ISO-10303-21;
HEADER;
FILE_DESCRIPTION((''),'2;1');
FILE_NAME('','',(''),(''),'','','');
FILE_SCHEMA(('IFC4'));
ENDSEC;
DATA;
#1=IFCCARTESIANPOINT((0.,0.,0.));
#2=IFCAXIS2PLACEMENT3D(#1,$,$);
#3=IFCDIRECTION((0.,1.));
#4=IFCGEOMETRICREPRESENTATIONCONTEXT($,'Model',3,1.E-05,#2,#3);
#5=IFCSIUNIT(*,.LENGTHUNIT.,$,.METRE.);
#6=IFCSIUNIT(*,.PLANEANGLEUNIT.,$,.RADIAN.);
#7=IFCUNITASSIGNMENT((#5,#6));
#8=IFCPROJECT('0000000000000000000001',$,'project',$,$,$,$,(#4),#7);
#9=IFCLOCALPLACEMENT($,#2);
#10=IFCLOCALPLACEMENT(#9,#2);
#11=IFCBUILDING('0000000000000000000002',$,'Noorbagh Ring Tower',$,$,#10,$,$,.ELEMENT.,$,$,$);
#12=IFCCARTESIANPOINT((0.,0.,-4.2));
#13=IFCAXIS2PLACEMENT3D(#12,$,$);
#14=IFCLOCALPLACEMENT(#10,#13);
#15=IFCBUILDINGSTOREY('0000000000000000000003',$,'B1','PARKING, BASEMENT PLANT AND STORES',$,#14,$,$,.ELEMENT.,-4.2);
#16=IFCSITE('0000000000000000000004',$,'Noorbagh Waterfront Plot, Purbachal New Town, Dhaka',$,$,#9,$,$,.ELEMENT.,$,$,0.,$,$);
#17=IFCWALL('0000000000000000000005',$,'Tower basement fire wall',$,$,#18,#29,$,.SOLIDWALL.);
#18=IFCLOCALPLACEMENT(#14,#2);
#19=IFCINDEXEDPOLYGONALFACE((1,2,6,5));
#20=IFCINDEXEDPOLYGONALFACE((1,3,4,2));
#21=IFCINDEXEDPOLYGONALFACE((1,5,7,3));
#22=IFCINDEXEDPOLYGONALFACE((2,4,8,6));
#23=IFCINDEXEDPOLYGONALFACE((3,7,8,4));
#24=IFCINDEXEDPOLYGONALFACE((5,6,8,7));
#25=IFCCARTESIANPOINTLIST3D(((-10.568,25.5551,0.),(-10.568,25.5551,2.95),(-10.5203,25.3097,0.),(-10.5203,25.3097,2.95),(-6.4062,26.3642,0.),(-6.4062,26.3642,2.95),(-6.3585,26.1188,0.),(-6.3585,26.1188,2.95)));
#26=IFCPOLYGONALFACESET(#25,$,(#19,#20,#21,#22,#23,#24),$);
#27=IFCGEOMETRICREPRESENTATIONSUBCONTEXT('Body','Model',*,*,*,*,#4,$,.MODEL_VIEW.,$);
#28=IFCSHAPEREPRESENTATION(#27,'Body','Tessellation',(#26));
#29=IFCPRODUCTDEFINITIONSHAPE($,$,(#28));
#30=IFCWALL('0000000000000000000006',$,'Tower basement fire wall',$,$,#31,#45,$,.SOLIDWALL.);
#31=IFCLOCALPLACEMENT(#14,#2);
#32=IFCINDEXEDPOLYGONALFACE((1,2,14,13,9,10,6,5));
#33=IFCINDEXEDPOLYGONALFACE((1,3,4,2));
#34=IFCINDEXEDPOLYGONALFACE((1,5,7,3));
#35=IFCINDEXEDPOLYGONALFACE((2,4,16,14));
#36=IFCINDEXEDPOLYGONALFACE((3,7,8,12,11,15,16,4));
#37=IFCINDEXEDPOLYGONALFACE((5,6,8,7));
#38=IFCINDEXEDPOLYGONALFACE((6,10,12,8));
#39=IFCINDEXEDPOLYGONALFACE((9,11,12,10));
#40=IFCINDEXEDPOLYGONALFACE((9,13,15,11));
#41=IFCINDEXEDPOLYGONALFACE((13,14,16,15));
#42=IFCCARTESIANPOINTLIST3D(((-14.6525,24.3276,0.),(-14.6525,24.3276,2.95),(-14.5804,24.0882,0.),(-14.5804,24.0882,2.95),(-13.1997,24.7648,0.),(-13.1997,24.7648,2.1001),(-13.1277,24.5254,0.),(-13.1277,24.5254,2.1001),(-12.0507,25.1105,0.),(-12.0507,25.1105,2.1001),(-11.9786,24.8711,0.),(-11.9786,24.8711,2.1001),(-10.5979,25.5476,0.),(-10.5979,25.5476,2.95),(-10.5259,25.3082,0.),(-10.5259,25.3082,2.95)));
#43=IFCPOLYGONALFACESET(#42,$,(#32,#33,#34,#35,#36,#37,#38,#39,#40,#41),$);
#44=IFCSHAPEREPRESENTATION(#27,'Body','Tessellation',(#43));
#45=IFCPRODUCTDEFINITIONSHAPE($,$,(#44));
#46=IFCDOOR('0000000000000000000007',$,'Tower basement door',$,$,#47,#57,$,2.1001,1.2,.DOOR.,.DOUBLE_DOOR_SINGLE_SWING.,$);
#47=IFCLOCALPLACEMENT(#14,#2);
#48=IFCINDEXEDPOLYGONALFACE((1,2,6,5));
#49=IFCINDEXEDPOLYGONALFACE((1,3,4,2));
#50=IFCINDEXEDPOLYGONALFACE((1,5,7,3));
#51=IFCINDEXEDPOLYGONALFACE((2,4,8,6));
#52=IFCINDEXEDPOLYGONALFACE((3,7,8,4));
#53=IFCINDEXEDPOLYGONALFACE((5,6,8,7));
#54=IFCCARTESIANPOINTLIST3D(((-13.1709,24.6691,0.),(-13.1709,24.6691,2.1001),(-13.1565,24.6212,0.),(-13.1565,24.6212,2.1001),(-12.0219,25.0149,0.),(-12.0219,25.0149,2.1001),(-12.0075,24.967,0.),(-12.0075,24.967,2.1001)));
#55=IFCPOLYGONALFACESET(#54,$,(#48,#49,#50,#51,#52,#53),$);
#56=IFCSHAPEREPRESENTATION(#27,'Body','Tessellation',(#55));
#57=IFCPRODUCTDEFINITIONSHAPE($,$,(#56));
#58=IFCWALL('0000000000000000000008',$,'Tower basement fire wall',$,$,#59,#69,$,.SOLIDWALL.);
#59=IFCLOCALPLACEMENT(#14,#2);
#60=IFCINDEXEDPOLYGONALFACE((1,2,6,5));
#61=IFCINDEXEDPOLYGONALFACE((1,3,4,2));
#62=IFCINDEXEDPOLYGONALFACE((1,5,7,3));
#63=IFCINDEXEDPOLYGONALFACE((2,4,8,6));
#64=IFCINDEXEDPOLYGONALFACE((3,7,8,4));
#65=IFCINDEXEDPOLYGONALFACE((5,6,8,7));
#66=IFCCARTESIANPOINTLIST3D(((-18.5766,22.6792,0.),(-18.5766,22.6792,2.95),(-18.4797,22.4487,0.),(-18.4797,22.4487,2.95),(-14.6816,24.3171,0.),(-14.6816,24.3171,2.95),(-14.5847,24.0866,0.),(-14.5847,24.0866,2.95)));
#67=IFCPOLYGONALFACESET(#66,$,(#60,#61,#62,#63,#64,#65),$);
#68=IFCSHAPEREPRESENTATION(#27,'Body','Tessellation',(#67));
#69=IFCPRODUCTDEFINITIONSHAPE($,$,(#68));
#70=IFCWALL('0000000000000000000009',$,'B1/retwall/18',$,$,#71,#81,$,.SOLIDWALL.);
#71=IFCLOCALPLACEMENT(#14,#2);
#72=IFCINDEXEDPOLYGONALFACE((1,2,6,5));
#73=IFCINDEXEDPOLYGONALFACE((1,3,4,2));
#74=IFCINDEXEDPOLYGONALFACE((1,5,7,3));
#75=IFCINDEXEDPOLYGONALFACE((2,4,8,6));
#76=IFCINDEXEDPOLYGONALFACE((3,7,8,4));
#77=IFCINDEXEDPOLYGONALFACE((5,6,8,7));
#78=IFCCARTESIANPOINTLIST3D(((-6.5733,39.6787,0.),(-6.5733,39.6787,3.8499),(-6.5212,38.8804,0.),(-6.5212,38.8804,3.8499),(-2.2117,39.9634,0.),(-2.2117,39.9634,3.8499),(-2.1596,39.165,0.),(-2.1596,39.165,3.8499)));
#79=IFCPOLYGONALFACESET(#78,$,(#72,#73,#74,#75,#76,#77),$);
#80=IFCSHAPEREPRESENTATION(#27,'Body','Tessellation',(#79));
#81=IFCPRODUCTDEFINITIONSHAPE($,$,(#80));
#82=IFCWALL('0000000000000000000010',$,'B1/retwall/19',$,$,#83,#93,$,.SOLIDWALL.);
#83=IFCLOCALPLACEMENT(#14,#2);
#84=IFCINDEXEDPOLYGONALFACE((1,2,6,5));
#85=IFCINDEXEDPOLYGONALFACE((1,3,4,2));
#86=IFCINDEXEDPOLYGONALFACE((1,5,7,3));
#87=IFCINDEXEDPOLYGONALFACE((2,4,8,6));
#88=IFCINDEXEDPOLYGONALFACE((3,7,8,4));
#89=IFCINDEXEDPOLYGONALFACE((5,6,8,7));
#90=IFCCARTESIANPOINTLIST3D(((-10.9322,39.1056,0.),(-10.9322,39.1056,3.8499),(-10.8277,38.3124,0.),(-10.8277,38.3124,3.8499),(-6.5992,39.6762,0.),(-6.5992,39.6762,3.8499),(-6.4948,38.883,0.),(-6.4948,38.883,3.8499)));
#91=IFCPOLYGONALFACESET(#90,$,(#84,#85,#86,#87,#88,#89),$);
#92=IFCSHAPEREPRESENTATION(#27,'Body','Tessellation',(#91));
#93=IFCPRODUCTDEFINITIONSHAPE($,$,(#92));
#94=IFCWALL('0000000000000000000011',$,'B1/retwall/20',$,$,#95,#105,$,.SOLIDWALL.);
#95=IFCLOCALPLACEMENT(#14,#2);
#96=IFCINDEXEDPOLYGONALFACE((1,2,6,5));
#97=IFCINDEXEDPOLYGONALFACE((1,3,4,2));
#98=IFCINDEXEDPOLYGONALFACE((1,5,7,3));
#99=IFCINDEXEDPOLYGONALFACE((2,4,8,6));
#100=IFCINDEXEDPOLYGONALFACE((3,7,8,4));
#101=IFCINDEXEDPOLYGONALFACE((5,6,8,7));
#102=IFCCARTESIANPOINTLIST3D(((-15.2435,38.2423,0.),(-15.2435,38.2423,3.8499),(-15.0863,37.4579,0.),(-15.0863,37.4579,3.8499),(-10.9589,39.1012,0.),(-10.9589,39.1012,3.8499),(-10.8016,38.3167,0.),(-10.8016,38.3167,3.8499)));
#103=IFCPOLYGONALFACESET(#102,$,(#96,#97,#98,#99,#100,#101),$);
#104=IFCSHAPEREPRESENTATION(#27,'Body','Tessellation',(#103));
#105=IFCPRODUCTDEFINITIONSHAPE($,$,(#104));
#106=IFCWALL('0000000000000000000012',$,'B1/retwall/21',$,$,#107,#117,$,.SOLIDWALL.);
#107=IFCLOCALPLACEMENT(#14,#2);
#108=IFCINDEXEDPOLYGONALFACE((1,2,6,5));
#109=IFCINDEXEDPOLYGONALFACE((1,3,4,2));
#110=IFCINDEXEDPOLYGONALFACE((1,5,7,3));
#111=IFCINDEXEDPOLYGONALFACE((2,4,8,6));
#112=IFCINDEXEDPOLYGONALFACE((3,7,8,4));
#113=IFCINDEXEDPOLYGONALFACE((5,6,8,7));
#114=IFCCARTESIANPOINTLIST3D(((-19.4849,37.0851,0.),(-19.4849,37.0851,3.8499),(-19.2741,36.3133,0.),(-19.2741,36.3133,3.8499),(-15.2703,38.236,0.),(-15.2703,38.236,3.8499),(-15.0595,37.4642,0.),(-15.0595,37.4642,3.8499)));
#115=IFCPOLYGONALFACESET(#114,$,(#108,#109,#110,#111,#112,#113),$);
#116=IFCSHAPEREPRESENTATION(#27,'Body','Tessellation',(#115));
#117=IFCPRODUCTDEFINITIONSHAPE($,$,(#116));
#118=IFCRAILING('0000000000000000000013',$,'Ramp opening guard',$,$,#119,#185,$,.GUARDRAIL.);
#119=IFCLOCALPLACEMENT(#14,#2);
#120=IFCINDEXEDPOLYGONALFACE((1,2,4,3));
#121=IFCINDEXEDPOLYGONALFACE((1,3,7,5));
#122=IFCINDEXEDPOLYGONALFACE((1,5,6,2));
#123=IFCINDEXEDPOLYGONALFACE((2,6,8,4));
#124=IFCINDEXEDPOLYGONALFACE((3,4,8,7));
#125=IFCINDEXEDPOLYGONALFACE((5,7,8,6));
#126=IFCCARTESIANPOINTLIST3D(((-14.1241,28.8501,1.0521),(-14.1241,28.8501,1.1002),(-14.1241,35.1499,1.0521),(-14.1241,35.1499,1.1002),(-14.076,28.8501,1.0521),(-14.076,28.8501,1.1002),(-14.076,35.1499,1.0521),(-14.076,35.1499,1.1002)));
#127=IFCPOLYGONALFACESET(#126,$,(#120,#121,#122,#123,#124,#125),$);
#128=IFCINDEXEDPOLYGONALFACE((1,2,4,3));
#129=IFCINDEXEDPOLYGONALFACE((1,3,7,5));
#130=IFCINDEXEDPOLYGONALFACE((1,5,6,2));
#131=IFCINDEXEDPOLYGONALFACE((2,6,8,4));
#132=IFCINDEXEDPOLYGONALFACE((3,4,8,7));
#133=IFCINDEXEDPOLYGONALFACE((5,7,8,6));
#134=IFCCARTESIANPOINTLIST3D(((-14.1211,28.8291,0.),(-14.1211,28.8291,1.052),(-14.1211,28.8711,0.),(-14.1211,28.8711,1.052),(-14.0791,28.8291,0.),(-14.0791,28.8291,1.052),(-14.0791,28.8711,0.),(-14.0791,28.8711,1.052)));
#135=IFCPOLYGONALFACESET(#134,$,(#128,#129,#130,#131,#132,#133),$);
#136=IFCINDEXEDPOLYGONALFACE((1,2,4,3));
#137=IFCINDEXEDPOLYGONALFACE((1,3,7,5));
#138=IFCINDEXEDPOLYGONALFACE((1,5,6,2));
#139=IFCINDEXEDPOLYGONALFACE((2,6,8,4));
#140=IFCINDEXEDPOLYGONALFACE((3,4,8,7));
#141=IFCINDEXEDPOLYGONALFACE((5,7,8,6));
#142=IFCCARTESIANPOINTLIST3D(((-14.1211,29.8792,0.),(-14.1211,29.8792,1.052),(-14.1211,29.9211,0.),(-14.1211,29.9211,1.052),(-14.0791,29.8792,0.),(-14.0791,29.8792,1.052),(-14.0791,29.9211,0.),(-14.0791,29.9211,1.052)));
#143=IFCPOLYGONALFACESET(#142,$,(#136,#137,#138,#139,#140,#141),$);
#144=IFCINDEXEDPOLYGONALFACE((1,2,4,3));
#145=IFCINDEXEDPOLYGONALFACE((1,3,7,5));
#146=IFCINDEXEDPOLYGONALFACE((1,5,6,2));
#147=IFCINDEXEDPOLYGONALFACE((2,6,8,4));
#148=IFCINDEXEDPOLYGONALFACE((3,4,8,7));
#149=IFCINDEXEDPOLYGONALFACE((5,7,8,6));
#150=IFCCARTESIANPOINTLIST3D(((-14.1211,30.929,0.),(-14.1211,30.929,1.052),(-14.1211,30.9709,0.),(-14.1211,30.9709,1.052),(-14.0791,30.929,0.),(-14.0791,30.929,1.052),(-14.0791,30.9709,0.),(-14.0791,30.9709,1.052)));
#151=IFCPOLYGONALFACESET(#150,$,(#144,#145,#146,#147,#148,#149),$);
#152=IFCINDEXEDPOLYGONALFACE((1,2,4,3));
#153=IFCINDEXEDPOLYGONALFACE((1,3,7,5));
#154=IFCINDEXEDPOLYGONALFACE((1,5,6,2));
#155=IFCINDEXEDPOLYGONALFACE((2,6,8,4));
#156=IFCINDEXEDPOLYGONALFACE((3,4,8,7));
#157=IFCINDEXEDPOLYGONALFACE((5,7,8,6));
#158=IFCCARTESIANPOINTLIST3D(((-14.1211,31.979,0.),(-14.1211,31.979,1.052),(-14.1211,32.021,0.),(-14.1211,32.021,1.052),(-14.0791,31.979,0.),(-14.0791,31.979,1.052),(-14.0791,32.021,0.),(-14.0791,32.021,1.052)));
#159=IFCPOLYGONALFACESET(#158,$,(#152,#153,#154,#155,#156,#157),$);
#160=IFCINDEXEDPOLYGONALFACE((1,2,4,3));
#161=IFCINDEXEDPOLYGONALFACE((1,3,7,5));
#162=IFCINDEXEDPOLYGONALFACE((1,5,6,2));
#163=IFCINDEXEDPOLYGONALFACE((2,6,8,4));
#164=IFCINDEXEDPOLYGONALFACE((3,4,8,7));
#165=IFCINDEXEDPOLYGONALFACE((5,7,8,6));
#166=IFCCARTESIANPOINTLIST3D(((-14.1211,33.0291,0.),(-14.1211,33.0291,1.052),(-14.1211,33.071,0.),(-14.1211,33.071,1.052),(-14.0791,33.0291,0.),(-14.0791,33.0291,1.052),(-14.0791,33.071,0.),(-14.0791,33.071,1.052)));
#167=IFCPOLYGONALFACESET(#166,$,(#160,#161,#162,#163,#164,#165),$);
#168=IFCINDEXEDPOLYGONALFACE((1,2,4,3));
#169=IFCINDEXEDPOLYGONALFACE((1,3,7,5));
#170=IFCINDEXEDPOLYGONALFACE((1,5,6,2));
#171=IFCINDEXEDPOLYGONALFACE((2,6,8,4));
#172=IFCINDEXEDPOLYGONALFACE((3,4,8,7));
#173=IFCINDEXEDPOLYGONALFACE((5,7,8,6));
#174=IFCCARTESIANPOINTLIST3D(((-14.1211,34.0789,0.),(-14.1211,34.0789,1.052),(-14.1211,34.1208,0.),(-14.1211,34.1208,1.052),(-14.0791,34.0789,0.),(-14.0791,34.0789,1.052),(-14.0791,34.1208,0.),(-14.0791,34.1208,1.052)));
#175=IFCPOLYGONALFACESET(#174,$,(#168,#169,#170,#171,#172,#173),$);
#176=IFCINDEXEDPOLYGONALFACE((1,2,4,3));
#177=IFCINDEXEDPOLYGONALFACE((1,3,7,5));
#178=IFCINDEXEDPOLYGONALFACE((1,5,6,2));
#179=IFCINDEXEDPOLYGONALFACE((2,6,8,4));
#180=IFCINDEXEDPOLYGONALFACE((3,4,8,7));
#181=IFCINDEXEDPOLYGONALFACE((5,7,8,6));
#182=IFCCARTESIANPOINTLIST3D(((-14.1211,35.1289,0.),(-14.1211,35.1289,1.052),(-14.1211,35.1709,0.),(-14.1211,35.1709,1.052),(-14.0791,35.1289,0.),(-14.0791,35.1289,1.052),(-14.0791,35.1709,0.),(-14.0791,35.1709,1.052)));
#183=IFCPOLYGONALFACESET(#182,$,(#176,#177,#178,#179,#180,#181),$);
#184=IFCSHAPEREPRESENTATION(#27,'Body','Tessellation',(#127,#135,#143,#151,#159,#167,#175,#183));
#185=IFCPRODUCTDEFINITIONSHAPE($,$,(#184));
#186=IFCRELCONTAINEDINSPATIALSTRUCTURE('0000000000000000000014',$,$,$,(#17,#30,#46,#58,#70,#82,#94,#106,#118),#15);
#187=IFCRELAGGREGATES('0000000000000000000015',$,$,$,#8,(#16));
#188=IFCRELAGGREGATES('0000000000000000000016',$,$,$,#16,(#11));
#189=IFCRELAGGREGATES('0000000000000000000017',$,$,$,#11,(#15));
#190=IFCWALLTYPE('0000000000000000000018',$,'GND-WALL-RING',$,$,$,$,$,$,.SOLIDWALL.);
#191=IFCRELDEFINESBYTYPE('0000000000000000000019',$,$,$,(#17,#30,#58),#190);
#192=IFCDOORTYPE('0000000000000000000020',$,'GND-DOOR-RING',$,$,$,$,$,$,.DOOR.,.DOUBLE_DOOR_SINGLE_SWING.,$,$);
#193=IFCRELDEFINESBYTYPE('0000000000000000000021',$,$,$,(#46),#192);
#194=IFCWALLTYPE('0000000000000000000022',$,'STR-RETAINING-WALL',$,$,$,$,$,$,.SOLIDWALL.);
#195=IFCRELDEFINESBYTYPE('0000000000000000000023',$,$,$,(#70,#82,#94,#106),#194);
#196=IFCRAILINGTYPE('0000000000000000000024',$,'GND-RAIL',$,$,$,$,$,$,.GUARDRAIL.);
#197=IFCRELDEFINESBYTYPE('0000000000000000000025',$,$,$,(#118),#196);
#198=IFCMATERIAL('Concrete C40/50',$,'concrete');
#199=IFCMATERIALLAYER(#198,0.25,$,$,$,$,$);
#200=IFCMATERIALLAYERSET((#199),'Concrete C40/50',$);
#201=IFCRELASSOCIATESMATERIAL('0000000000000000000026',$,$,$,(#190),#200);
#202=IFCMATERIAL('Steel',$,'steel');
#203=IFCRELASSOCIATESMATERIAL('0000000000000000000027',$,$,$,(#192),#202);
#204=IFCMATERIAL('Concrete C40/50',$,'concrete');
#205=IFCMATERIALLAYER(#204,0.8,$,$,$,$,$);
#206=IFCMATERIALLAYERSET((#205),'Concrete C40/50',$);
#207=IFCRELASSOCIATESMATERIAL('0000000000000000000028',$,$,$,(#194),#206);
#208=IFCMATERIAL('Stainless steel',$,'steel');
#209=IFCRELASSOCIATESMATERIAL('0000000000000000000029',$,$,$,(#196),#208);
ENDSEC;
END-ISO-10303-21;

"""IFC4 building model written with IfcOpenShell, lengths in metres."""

from ifc_helpers import new_model, si_unit, direction, frame, frame_2d, origin, origin_2d, place, context, subcontext, project, spatial, rectangle, extrude, material, layer, layer_set, type_object, element, fill, save


model = new_model("IFC4")

# Units and contexts
model_context = context("Model", 3, precision=1e-05, world=origin(), true_north=direction((0.0, 1.0)))
body_context = subcontext(model_context, "Body", "Model", "MODEL_VIEW")
ifc_project = project(units=[si_unit("LENGTHUNIT", "METRE"), si_unit("PLANEANGLEUNIT", "RADIAN")], contexts=[model_context])

# Site, building, storey
site_placement = place(None, origin())
site = spatial("IfcSite", under=ifc_project, at=site_placement, Name="Noorbagh Waterfront Plot, Purbachal New Town, Dhaka", CompositionType="ELEMENT", RefElevation=0.0)
building_placement = place(site_placement, origin())
building = spatial("IfcBuilding", under=site, at=building_placement, Name="Noorbagh Ring Tower", CompositionType="ELEMENT")
storey_placement = place(building_placement, frame((0.0, 0.0, -4.2)))
storey = spatial("IfcBuildingStorey", under=building, at=storey_placement, Name="B1", Description="PARKING, BASEMENT PLANT AND STORES", CompositionType="ELEMENT", Elevation=-4.2)

# Wall
ifc_material_1 = material(Name="Concrete C40/50", Category="concrete")
ifc_layer_1 = layer(ifc_material_1, 0.25)
ifc_layer_set_1 = layer_set([ifc_layer_1], Name="Concrete C40/50")
wall_type_1 = type_object("IfcWallType", Name="GND-WALL-RING", PredefinedType="SOLIDWALL", material=ifc_layer_set_1)
wall_1_placement = place(storey_placement, frame((-6.3823, 26.2415, 0.0), z_axis=(0.0, 0.0, 1.0), x_axis=(-0.981623, -0.190831, 0.0)))
element("IfcWall", 1, at=wall_1_placement, inside=storey, type_object=wall_type_1, Name="Tower basement fire wall", PredefinedType="SOLIDWALL", context=body_context, shape_type="SweptSolid", body=[
    extrude(rectangle(XDim=4.2397, YDim=0.25, at=frame_2d((2.1199, 0.0))), origin(), (0.0, 0.0, 1.0), 2.95),
])

# Wall, opening, door
wall_2_placement = place(storey_placement, frame((-10.5618, 25.428, 0.0), z_axis=(0.0, 0.0, 1.0), x_axis=(-0.957589, -0.288136, 0.0)))
wall_2 = element("IfcWall", 2, at=wall_2_placement, inside=storey, type_object=wall_type_1, Name="Tower basement fire wall", PredefinedType="SOLIDWALL", context=body_context, shape_type="SweptSolid", body=[
    extrude(rectangle(XDim=4.2341, YDim=0.25, at=frame_2d((2.1172, 0.0))), origin(), (0.0, 0.0, 1.0), 2.95),
])
opening_placement = place(wall_2_placement, frame((1.5171, 0.0, 0.0)))
opening = element("IfcOpeningElement", 3, at=opening_placement, cuts=wall_2, PredefinedType="OPENING", context=body_context, shape_type="SweptSolid", body=[
    extrude(rectangle(XDim=1.2, YDim=2.1001, at=frame_2d((0.6001, 1.05))), frame((0.0, 0.135, 0.0), z_axis=(0.0, -1.0, 0.0), x_axis=(1.0, 0.0, 0.0)), (0.0, 0.0, 1.0), 0.27),
])
ifc_material_2 = material(Name="Steel", Category="steel")
door_type = type_object("IfcDoorType", Name="GND-DOOR-RING", OperationType="DOUBLE_DOOR_SINGLE_SWING", PredefinedType="DOOR", material=ifc_material_2)
door_placement = place(opening_placement, origin())
door = element("IfcDoor", 4, at=door_placement, inside=storey, type_object=door_type, Name="Tower basement door", OperationType="DOUBLE_DOOR_SINGLE_SWING", OverallHeight=2.1001, OverallWidth=1.2, PredefinedType="DOOR", context=body_context, shape_type="SweptSolid", body=[
    extrude(rectangle(XDim=1.2, YDim=2.1001, at=frame_2d((0.6001, 1.05))), frame((0.0, 0.0249, 0.0), z_axis=(0.0, -1.0, 0.0), x_axis=(1.0, 0.0, 0.0)), (0.0, 0.0, 1.0), 0.05),
])
fill(opening, door)

# Walls
wall_3_placement = place(storey_placement, frame((-14.6331, 24.2019, 0.0), z_axis=(0.0, 0.0, 1.0), x_axis=(-0.92181, -0.387641, 0.0)))
element("IfcWall", 5, at=wall_3_placement, inside=storey, type_object=wall_type_1, Name="Tower basement fire wall", PredefinedType="SOLIDWALL", context=body_context, shape_type="SweptSolid", body=[
    extrude(rectangle(XDim=4.2253, YDim=0.25, at=frame_2d((2.1128, 0.0))), origin(), (0.0, 0.0, 1.0), 2.95),
])
ifc_material_3 = material(Name="Concrete C40/50", Category="concrete")
ifc_layer_2 = layer(ifc_material_3, 0.8)
ifc_layer_set_2 = layer_set([ifc_layer_2], Name="Concrete C40/50")
wall_type_2 = type_object("IfcWallType", Name="STR-RETAINING-WALL", PredefinedType="SOLIDWALL", material=ifc_layer_set_2)
wall_4_placement = place(storey_placement, frame((-2.1855, 39.5642, 0.0), z_axis=(0.0, 0.0, 1.0), x_axis=(-0.997877, -0.065129, 0.0)))
element("IfcWall", 6, at=wall_4_placement, inside=storey, type_object=wall_type_2, Name="B1/retwall/18", PredefinedType="SOLIDWALL", context=body_context, shape_type="SweptSolid", body=[
    extrude(rectangle(XDim=4.3708, YDim=0.8, at=frame_2d((2.1855, 0.0))), origin(), (0.0, 0.0, 1.0), 3.8499),
])
wall_5_placement = place(storey_placement, frame((-6.5471, 39.2795, 0.0), z_axis=(0.0, 0.0, 1.0), x_axis=(-0.991442, -0.13055, 0.0)))
element("IfcWall", 7, at=wall_5_placement, inside=storey, type_object=wall_type_2, Name="B1/retwall/19", PredefinedType="SOLIDWALL", context=body_context, shape_type="SweptSolid", body=[
    extrude(rectangle(XDim=4.3704, YDim=0.8, at=frame_2d((2.1851, 0.0))), origin(), (0.0, 0.0, 1.0), 3.8499),
])
wall_6_placement = place(storey_placement, frame((-10.8801, 38.709, 0.0), z_axis=(0.0, 0.0, 1.0), x_axis=(-0.980495, -0.196546, 0.0)))
element("IfcWall", 8, at=wall_6_placement, inside=storey, type_object=wall_type_2, Name="B1/retwall/20", PredefinedType="SOLIDWALL", context=body_context, shape_type="SweptSolid", body=[
    extrude(rectangle(XDim=4.3699, YDim=0.8, at=frame_2d((2.1851, 0.0))), origin(), (0.0, 0.0, 1.0), 3.8499),
])
wall_7_placement = place(storey_placement, frame((-15.1648, 37.8501, 0.0), z_axis=(0.0, 0.0, 1.0), x_axis=(-0.96468, -0.263425, 0.0)))
element("IfcWall", 9, at=wall_7_placement, inside=storey, type_object=wall_type_2, Name="B1/retwall/21", PredefinedType="SOLIDWALL", context=body_context, shape_type="SweptSolid", body=[
    extrude(rectangle(XDim=4.3689, YDim=0.8, at=frame_2d((2.1846, 0.0))), origin(), (0.0, 0.0, 1.0), 3.8499),
])

# Railing
ifc_material_4 = material(Name="Stainless steel", Category="steel")
railing_type = type_object("IfcRailingType", Name="GND-RAIL", PredefinedType="GUARDRAIL", material=ifc_material_4)
railing_placement = place(storey_placement, frame((-14.1001, 28.8501, 0.0)))
element("IfcRailing", 10, at=railing_placement, inside=storey, type_object=railing_type, Name="Ramp opening guard", PredefinedType="GUARDRAIL", context=body_context, shape_type="SweptSolid", body=[
    extrude(rectangle(XDim=0.0481, YDim=0.0481, at=origin_2d()), frame((0.0, 0.0, 1.0762), z_axis=(0.0, 1.0, 0.0), x_axis=(-1.0, 0.0, 0.0)), (0.0, 0.0, 1.0), 6.2998),
    extrude(rectangle(XDim=0.042, YDim=0.042, at=origin_2d()), origin(), (0.0, 0.0, 1.0), 1.052),
    extrude(rectangle(XDim=0.042, YDim=0.042, at=origin_2d()), frame((0.0, 1.05, 0.0)), (0.0, 0.0, 1.0), 1.052),
    extrude(rectangle(XDim=0.042, YDim=0.042, at=origin_2d()), frame((0.0, 2.0999, 0.0)), (0.0, 0.0, 1.0), 1.052),
    extrude(rectangle(XDim=0.042, YDim=0.042, at=origin_2d()), frame((0.0, 3.1499, 0.0)), (0.0, 0.0, 1.0), 1.052),
    extrude(rectangle(XDim=0.042, YDim=0.042, at=origin_2d()), frame((0.0, 4.2, 0.0)), (0.0, 0.0, 1.0), 1.052),
    extrude(rectangle(XDim=0.042, YDim=0.042, at=origin_2d()), frame((0.0, 5.2498, 0.0)), (0.0, 0.0, 1.0), 1.052),
    extrude(rectangle(XDim=0.042, YDim=0.042, at=origin_2d()), frame((0.0, 6.2998, 0.0)), (0.0, 0.0, 1.0), 1.052),
])

save(model, "model.ifc")
